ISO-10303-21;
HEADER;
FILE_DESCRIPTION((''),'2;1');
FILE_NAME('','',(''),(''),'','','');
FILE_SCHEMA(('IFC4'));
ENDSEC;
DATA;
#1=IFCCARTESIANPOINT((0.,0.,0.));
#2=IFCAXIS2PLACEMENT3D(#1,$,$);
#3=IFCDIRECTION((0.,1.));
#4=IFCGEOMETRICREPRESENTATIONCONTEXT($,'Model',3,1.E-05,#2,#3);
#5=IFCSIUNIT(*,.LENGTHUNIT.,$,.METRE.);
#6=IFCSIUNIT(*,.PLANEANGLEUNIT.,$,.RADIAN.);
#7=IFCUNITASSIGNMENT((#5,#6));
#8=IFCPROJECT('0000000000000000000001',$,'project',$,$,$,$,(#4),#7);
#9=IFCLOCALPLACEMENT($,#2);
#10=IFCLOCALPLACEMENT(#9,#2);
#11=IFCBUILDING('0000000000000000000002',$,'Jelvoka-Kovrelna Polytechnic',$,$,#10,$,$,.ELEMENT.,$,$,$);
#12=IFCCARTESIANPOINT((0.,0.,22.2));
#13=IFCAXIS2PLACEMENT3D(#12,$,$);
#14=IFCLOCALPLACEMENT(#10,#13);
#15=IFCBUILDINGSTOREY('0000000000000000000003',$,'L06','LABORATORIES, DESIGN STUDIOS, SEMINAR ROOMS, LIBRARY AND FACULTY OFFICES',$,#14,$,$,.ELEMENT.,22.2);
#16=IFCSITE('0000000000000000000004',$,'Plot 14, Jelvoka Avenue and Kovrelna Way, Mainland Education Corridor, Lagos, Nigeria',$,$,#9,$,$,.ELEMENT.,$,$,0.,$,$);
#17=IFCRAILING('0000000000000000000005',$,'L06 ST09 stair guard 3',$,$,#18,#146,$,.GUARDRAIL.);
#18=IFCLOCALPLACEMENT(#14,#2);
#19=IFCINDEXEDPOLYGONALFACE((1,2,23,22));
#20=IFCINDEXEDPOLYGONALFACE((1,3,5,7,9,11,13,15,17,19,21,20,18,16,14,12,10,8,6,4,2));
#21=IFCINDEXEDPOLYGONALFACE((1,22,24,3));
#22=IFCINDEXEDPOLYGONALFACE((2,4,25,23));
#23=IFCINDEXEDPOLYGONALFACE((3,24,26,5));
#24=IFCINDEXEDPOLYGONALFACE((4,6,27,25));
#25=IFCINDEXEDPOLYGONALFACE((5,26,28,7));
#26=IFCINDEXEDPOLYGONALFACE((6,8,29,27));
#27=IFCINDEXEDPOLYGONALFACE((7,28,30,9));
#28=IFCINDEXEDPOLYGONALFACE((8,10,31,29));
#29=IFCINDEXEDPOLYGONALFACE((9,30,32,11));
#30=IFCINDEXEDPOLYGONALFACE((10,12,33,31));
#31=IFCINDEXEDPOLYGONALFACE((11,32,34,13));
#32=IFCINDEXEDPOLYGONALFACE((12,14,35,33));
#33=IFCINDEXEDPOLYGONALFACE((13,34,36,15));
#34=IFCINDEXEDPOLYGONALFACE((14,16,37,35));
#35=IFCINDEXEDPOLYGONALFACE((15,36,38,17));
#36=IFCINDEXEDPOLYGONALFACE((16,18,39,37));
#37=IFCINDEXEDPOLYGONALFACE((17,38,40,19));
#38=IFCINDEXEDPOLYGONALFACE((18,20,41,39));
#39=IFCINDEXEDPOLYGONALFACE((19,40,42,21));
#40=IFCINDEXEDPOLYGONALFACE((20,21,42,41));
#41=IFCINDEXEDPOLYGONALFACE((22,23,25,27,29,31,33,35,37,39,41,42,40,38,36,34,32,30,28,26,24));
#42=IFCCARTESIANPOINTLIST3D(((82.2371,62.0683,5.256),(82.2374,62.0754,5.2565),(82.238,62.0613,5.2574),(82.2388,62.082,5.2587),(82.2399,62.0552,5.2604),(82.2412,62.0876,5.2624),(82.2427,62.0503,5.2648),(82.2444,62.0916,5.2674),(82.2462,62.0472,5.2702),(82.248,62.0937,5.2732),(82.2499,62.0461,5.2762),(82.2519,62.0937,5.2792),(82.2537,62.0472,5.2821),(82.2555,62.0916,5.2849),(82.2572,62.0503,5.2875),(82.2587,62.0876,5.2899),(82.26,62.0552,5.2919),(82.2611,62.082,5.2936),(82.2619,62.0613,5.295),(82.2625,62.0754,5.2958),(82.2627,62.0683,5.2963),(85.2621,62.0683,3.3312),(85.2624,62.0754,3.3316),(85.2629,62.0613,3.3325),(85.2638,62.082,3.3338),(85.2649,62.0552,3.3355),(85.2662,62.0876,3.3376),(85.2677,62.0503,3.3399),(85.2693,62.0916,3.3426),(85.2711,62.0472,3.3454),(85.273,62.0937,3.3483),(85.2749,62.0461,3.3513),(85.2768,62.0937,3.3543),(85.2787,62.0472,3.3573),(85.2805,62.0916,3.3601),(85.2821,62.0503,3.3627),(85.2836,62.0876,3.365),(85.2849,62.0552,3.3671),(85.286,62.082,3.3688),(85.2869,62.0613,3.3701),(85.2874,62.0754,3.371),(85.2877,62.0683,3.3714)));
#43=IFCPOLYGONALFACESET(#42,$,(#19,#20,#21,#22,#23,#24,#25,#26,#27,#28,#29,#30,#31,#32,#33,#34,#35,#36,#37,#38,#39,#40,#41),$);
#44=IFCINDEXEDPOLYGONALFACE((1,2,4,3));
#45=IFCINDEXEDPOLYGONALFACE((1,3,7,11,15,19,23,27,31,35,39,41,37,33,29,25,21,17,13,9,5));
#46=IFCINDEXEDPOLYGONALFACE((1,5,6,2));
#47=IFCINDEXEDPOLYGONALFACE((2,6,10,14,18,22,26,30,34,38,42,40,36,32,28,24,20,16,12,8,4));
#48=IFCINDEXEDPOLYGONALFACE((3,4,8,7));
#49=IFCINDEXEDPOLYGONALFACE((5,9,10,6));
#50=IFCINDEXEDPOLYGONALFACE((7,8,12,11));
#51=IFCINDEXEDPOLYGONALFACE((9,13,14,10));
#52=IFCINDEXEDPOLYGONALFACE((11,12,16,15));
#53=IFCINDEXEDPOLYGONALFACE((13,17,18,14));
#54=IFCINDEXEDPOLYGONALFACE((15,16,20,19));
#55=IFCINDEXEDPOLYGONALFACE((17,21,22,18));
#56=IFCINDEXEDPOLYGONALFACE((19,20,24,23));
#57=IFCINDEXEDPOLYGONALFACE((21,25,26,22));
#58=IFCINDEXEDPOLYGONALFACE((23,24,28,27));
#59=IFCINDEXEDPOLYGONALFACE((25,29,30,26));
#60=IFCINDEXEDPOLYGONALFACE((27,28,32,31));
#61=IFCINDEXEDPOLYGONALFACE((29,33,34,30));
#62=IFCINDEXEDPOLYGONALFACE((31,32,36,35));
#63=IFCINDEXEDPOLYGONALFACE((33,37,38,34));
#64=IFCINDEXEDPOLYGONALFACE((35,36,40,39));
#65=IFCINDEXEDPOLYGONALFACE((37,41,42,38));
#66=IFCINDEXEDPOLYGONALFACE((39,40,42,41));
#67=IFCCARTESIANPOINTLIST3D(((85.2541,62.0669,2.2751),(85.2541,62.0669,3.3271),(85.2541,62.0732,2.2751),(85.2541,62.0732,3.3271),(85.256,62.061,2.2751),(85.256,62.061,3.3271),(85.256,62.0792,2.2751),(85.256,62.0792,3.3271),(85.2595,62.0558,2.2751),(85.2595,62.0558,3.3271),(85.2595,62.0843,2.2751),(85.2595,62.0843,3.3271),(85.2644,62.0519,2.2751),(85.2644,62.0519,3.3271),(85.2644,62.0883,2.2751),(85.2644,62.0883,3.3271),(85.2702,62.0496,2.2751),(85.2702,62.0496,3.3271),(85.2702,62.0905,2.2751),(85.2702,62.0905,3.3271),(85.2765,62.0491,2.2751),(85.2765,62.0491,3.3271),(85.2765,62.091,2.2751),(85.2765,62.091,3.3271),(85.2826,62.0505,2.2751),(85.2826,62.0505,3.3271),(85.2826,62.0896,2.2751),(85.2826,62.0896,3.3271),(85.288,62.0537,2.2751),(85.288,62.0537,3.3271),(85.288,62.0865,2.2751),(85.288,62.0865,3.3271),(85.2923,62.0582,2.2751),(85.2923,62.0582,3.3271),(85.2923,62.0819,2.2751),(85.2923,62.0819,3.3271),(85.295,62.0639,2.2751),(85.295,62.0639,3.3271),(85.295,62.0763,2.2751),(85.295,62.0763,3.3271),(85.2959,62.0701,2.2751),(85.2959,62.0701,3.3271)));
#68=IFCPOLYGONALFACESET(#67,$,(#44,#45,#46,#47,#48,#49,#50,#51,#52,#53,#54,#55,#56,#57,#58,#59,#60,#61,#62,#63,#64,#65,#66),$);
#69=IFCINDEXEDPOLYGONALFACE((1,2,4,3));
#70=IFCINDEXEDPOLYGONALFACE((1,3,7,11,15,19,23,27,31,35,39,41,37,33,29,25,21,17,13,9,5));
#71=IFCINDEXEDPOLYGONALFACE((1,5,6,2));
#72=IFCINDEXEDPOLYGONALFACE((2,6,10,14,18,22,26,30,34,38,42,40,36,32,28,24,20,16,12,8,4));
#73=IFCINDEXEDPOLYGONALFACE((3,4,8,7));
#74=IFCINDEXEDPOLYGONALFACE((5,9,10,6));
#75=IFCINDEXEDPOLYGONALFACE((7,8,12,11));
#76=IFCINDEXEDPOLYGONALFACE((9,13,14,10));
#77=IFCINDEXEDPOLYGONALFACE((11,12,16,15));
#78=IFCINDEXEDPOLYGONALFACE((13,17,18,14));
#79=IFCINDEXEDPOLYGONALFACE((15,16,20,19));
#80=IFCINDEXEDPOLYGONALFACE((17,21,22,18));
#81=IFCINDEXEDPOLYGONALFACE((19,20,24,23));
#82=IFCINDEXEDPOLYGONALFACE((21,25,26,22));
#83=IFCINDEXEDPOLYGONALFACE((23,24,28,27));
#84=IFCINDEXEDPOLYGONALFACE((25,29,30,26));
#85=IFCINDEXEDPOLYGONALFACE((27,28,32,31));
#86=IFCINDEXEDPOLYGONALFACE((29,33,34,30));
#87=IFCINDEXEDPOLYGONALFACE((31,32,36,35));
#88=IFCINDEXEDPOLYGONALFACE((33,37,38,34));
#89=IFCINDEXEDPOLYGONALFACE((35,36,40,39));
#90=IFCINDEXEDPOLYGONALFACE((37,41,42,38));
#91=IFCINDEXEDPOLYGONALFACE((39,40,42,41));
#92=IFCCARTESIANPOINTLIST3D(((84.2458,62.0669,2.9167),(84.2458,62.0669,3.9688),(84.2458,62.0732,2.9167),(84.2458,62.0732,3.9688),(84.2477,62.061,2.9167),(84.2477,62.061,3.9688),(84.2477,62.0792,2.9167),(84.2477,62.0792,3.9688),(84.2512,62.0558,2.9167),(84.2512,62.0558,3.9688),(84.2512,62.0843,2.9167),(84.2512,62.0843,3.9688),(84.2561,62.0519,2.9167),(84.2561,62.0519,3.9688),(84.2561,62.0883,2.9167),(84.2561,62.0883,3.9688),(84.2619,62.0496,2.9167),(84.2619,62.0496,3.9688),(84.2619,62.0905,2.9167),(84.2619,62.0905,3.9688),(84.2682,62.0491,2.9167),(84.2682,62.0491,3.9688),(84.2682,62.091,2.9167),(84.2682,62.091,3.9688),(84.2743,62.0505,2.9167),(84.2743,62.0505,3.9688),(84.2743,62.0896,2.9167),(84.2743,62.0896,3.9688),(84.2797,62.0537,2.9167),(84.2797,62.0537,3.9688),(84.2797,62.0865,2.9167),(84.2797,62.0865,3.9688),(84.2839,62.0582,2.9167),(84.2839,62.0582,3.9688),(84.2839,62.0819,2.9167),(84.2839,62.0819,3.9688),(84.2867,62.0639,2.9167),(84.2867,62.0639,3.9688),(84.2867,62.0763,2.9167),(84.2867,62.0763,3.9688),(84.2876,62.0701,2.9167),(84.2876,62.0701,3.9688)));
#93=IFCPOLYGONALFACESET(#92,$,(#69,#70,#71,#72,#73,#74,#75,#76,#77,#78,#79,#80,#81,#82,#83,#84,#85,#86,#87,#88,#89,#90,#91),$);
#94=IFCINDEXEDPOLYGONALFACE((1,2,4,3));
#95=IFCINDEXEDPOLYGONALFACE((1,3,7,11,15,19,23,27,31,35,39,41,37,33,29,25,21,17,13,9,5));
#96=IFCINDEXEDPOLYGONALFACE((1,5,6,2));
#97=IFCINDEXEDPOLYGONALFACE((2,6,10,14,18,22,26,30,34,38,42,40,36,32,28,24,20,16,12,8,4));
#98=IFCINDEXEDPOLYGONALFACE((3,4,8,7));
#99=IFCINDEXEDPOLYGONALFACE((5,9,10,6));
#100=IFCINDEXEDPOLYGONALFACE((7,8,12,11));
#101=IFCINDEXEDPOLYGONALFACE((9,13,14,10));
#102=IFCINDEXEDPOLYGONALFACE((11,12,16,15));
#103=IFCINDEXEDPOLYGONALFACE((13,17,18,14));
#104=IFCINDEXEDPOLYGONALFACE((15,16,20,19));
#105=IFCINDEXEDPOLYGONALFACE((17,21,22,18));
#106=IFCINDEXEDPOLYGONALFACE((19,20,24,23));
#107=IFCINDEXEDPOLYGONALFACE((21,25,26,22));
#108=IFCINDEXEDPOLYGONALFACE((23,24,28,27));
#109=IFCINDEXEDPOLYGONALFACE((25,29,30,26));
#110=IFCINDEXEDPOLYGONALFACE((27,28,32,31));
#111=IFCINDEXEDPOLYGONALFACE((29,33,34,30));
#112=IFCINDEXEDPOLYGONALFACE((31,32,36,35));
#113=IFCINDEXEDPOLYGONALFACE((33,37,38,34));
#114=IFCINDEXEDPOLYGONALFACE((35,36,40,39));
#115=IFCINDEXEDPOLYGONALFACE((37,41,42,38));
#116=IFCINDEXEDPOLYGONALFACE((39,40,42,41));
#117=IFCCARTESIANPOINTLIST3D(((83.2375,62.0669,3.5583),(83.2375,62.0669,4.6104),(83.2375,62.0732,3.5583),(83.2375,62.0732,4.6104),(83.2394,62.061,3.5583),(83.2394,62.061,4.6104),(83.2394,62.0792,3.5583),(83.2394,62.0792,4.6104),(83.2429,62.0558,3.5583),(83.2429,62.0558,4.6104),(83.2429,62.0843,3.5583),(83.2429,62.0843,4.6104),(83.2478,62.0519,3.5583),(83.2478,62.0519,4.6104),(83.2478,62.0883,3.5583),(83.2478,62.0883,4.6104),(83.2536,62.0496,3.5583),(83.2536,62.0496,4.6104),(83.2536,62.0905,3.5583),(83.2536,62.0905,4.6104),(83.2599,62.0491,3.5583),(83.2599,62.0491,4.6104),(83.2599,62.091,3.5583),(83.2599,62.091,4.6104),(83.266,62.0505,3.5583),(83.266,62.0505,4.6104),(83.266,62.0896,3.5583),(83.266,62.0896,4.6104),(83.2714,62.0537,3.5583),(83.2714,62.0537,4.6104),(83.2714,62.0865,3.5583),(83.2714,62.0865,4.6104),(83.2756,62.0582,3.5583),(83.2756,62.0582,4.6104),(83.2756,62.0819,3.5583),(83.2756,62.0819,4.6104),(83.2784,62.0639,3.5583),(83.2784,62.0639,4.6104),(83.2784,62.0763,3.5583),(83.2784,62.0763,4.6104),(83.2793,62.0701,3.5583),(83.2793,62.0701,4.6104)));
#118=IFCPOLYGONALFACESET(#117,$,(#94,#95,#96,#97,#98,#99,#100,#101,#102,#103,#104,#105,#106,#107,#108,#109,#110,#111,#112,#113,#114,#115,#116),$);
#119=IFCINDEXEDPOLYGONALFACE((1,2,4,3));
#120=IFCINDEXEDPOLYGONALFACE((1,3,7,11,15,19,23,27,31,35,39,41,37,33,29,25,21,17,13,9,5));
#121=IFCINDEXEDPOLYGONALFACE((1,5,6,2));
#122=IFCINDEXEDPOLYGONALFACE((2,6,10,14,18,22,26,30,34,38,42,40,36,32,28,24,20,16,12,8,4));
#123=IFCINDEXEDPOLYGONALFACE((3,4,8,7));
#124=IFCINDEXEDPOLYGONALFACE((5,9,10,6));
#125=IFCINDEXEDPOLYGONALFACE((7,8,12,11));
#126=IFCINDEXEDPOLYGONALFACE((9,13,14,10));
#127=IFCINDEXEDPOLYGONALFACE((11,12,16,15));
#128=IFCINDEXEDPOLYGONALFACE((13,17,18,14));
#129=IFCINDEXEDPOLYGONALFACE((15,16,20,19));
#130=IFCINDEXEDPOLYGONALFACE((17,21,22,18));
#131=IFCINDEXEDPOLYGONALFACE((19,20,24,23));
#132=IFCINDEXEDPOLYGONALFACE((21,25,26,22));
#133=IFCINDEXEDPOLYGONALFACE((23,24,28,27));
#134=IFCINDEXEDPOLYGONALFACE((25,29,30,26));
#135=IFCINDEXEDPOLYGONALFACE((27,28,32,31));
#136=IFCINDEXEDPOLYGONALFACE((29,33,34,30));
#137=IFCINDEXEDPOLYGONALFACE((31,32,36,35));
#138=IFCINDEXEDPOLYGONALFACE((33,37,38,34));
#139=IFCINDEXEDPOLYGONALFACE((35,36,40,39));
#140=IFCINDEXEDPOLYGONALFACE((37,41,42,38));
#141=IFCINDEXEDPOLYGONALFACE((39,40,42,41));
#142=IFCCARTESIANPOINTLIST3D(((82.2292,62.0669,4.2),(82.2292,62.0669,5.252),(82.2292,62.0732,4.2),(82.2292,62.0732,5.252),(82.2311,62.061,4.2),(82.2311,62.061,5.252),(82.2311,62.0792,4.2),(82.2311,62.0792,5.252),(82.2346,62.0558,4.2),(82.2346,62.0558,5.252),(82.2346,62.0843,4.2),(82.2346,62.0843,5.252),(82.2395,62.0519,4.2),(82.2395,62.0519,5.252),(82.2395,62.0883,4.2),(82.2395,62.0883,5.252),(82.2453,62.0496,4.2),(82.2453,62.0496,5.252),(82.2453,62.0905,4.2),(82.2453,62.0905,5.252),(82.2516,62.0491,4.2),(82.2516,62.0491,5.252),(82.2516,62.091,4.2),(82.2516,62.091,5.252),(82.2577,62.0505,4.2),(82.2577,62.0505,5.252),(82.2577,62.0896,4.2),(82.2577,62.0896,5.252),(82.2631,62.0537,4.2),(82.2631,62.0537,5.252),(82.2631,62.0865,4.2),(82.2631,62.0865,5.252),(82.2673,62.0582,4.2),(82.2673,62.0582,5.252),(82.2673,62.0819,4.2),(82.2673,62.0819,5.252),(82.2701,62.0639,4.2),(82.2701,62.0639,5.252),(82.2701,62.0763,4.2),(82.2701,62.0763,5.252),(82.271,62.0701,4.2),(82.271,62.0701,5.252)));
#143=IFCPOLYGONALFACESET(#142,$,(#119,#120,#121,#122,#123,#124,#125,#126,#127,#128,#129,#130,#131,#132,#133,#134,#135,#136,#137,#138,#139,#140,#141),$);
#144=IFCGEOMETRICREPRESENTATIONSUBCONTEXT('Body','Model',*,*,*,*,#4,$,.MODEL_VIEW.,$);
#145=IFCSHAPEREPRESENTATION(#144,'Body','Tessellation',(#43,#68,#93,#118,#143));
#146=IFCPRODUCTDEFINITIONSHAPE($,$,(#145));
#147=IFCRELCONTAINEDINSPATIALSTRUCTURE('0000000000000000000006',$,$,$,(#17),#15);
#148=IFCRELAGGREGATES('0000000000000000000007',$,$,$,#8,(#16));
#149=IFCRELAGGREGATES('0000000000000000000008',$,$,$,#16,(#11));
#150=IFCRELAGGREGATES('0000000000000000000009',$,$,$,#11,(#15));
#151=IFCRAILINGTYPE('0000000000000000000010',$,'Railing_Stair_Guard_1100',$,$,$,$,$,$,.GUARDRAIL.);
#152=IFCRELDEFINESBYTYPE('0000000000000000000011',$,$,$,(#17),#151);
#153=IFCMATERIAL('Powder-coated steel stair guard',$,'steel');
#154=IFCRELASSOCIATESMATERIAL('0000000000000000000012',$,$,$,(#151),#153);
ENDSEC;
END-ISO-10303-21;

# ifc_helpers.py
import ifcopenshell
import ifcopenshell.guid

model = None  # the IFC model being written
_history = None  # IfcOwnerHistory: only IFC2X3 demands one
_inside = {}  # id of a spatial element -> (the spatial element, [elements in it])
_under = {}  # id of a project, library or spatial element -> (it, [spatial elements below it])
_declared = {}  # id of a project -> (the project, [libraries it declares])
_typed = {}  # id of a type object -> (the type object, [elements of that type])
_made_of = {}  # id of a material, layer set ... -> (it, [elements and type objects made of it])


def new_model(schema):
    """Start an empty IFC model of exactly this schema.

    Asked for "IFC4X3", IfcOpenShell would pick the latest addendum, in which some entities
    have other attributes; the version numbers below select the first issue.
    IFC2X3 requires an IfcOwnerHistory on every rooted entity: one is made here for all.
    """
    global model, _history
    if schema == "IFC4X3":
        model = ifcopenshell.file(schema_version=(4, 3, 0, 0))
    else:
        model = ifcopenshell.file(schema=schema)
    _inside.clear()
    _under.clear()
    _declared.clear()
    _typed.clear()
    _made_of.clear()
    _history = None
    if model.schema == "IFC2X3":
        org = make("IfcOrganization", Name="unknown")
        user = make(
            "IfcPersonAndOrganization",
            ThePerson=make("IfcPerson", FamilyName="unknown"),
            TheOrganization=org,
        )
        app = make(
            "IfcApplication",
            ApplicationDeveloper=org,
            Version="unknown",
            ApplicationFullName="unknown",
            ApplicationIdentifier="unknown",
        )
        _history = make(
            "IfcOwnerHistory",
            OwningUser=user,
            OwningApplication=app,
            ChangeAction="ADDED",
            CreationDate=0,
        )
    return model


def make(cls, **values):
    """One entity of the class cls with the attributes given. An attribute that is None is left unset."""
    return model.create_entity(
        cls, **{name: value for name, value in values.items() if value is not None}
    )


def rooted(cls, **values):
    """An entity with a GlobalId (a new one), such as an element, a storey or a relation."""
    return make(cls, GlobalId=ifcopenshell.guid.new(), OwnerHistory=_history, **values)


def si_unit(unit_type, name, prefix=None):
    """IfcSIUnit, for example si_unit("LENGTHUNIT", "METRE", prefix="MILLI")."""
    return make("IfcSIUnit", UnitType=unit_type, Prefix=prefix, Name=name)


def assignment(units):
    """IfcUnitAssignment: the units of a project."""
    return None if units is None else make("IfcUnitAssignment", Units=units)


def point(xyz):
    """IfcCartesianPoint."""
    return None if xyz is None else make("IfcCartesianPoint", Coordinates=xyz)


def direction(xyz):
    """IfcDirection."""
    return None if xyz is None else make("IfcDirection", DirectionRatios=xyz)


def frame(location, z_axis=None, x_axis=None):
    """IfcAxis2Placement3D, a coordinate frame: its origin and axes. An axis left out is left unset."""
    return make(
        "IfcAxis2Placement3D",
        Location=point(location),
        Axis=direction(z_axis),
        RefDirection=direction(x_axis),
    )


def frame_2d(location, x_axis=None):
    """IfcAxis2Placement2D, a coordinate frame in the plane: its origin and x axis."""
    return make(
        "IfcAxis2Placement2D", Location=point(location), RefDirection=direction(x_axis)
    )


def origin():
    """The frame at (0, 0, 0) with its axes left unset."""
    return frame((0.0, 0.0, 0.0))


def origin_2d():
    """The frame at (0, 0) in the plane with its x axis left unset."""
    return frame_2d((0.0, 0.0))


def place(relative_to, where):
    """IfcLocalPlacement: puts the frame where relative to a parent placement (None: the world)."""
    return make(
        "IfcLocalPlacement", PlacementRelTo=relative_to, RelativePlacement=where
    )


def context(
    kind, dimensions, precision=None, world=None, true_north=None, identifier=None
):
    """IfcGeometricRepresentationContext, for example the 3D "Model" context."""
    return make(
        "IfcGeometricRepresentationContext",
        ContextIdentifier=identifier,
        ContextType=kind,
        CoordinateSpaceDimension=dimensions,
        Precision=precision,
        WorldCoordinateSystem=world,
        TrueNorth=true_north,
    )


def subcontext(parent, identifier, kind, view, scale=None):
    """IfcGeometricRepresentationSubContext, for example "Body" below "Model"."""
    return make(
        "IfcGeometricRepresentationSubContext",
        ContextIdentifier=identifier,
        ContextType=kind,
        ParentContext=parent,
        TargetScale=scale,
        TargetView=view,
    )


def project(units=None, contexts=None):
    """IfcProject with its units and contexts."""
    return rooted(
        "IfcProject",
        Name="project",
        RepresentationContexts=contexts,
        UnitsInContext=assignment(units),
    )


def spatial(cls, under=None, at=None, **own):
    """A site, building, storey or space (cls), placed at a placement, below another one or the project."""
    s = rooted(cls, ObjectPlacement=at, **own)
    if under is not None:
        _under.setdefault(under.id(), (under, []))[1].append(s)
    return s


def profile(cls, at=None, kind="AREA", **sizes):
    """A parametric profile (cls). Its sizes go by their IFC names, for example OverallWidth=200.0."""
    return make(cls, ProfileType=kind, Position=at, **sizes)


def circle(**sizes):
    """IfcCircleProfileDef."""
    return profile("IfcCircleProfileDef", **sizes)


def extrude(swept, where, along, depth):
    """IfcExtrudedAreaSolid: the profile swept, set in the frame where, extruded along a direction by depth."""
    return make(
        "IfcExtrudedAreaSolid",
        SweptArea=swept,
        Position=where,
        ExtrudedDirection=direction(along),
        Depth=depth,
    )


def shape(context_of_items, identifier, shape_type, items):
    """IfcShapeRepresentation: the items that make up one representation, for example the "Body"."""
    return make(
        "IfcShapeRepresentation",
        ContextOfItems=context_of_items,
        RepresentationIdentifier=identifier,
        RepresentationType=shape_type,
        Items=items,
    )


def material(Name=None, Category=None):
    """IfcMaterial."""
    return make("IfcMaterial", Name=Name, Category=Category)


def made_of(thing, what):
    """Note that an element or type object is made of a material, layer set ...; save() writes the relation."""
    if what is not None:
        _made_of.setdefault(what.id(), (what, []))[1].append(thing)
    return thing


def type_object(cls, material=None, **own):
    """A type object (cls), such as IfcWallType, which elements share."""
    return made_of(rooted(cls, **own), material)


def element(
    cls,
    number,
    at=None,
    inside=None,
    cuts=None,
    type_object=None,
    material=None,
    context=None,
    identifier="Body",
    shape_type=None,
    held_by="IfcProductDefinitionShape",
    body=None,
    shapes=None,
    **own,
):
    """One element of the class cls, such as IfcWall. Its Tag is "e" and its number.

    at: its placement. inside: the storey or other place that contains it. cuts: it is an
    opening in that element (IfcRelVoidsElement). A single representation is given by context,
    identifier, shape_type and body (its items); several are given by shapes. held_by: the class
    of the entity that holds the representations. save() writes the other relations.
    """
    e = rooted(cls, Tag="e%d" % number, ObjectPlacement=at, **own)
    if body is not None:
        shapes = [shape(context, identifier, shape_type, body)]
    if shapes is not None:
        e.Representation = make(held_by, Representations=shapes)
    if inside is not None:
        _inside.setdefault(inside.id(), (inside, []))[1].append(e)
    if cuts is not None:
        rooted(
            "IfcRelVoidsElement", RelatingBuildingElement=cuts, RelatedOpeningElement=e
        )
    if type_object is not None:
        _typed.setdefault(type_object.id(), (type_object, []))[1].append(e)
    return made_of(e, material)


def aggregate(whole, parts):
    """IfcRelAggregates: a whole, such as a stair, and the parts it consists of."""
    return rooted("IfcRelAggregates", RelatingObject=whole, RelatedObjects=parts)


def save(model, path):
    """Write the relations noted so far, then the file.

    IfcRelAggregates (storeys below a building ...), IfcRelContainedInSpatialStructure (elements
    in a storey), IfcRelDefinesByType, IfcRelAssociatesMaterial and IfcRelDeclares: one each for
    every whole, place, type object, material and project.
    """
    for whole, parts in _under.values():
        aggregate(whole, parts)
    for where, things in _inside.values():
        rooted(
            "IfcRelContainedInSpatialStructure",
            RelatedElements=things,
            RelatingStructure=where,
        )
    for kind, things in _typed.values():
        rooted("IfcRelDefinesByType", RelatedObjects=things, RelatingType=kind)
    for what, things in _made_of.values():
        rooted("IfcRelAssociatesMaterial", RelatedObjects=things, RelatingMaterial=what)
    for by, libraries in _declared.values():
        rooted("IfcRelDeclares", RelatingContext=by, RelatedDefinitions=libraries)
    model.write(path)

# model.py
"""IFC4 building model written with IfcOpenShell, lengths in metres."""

from ifc_helpers import new_model, si_unit, direction, frame, origin, origin_2d, place, context, subcontext, project, spatial, circle, extrude, material, type_object, element, save


model = new_model("IFC4")

# Units and contexts
model_context = context("Model", 3, precision=1e-05, world=origin(), true_north=direction((0.0, 1.0)))
body_context = subcontext(model_context, "Body", "Model", "MODEL_VIEW")
ifc_project = project(units=[si_unit("LENGTHUNIT", "METRE"), si_unit("PLANEANGLEUNIT", "RADIAN")], contexts=[model_context])

# Site, building, storey
site_placement = place(None, origin())
site = spatial("IfcSite", under=ifc_project, at=site_placement, Name="Plot 14, Jelvoka Avenue and Kovrelna Way, Mainland Education Corridor, Lagos, Nigeria", CompositionType="ELEMENT", RefElevation=0.0)
building_placement = place(site_placement, origin())
building = spatial("IfcBuilding", under=site, at=building_placement, Name="Jelvoka-Kovrelna Polytechnic", CompositionType="ELEMENT")
storey_placement = place(building_placement, frame((0.0, 0.0, 22.2)))
storey = spatial("IfcBuildingStorey", under=building, at=storey_placement, Name="L06", Description="LABORATORIES, DESIGN STUDIOS, SEMINAR ROOMS, LIBRARY AND FACULTY OFFICES", CompositionType="ELEMENT", Elevation=22.2)

# Railing
ifc_material_1 = material(Name="Powder-coated steel stair guard", Category="steel")
railing_type_1 = type_object("IfcRailingType", Name="Railing_Stair_Guard_1100", PredefinedType="GUARDRAIL", material=ifc_material_1)
railing_1_placement = place(storey_placement, frame((85.2749, 62.0701, 2.2751)))
element("IfcRailing", 1, at=railing_1_placement, inside=storey, type_object=railing_type_1, Name="L06 ST09 stair guard 3", PredefinedType="GUARDRAIL", context=body_context, shape_type="SweptSolid", body=[
    extrude(circle(Radius=0.0239, at=origin_2d()), frame((0.0, 0.0, 1.0762), z_axis=(-0.843678, 0.0, 0.536849), x_axis=(0.0, -1.0, 0.0)), (0.0, 0.0, 1.0), 3.5854),
    extrude(circle(Radius=0.021, at=origin_2d()), origin(), (0.0, 0.0, 1.0), 1.052),
    extrude(circle(Radius=0.021, at=origin_2d()), frame((-1.0083, 0.0, 0.6416)), (0.0, 0.0, 1.0), 1.052),
    extrude(circle(Radius=0.021, at=origin_2d()), frame((-2.0166, 0.0, 1.2832)), (0.0, 0.0, 1.0), 1.052),
    extrude(circle(Radius=0.021, at=origin_2d()), frame((-3.0249, 0.0, 1.9248)), (0.0, 0.0, 1.0), 1.052),
])

save(model, "model.ifc")
